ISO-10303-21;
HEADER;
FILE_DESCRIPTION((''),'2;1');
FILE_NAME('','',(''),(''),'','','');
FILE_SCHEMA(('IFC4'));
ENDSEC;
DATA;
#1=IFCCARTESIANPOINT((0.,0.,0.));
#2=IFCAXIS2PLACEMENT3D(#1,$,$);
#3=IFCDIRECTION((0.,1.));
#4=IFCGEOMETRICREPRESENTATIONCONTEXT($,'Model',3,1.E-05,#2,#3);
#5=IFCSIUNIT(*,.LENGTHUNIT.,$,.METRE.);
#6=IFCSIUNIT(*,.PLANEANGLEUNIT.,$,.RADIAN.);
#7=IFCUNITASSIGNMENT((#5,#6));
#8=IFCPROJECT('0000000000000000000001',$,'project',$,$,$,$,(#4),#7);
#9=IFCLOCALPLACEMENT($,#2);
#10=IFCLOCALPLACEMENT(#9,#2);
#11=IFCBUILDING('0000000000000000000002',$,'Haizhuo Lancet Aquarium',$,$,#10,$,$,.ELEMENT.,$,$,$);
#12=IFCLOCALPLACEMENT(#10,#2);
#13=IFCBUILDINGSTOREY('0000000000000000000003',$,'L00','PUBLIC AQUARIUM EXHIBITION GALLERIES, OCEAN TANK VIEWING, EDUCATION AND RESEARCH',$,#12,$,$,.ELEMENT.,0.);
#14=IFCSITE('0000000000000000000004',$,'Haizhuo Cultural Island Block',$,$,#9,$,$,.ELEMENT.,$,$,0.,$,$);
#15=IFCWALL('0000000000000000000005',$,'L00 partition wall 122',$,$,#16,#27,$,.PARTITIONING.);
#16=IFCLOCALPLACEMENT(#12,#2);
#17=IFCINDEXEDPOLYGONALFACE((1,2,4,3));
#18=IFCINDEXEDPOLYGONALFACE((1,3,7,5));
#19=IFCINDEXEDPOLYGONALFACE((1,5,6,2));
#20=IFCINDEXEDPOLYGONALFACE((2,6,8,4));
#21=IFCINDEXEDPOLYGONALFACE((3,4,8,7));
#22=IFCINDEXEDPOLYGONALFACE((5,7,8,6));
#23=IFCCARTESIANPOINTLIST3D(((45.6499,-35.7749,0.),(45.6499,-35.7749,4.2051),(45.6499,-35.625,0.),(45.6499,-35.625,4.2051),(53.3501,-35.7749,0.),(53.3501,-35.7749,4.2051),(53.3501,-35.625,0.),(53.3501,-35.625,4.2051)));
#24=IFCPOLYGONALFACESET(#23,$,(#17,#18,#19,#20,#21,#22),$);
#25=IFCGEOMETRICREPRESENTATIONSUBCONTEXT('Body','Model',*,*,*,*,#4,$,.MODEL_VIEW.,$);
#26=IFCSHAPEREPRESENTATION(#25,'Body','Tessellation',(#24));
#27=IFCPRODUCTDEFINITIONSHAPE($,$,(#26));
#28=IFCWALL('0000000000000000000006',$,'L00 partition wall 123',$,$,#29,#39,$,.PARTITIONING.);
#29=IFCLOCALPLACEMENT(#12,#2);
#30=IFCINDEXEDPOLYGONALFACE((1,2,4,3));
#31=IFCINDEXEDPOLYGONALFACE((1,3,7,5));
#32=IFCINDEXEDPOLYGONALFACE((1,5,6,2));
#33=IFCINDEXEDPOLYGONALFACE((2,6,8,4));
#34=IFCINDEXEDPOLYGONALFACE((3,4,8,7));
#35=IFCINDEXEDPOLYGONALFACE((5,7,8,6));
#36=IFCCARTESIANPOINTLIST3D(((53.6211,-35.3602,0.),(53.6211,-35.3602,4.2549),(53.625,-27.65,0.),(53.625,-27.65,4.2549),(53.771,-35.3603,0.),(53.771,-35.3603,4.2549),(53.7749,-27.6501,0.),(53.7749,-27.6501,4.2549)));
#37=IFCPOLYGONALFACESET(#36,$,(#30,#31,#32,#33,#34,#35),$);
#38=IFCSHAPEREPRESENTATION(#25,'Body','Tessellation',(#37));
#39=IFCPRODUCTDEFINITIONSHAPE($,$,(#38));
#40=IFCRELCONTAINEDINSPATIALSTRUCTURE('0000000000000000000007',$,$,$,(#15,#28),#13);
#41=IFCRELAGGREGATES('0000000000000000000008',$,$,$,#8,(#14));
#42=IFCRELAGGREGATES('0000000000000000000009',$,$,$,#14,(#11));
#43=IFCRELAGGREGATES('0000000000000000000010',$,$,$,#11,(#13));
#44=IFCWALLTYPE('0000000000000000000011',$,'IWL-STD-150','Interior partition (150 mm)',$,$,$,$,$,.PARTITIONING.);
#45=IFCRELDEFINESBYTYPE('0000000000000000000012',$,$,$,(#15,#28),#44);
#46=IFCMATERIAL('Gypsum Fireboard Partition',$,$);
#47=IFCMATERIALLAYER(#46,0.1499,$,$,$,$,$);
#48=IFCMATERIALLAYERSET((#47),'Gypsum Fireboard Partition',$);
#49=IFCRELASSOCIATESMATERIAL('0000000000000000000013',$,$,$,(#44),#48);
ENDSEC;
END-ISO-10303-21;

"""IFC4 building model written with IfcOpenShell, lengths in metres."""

from ifc_helpers import new_model, si_unit, direction, frame, frame_2d, origin, place, context, subcontext, project, spatial, rectangle, extrude, material, layer, layer_set, type_object, element, save


model = new_model("IFC4")

# Units and contexts
model_context = context("Model", 3, precision=1e-05, world=origin(), true_north=direction((0.0, 1.0)))
body_context = subcontext(model_context, "Body", "Model", "MODEL_VIEW")
ifc_project = project(units=[si_unit("LENGTHUNIT", "METRE"), si_unit("PLANEANGLEUNIT", "RADIAN")], contexts=[model_context])

# Site, building, storey
site_placement = place(None, origin())
site = spatial("IfcSite", under=ifc_project, at=site_placement, Name="Haizhuo Cultural Island Block", CompositionType="ELEMENT", RefElevation=0.0)
building_placement = place(site_placement, origin())
building = spatial("IfcBuilding", under=site, at=building_placement, Name="Haizhuo Lancet Aquarium", CompositionType="ELEMENT")
storey_placement = place(building_placement, origin())
storey = spatial("IfcBuildingStorey", under=building, at=storey_placement, Name="L00", Description="PUBLIC AQUARIUM EXHIBITION GALLERIES, OCEAN TANK VIEWING, EDUCATION AND RESEARCH", CompositionType="ELEMENT", Elevation=0.0)

# Walls
ifc_material_1 = material(Name="Gypsum Fireboard Partition")
ifc_layer_1 = layer(ifc_material_1, 0.1499)
ifc_layer_set_1 = layer_set([ifc_layer_1], Name="Gypsum Fireboard Partition")
wall_type = type_object("IfcWallType", Name="IWL-STD-150", Description="Interior partition (150 mm)", PredefinedType="PARTITIONING", material=ifc_layer_set_1)
wall_1_placement = place(storey_placement, frame((45.6499, -35.7, 0.0), z_axis=(0.0, 0.0, 1.0), x_axis=(1.0, 0.0, 0.0)))
element("IfcWall", 1, at=wall_1_placement, inside=storey, type_object=wall_type, Name="L00 partition wall 122", PredefinedType="PARTITIONING", context=body_context, shape_type="SweptSolid", body=[
    extrude(rectangle(XDim=7.7002, YDim=0.1499, at=frame_2d((3.8501, 0.0))), origin(), (0.0, 0.0, 1.0), 4.2051),
])
wall_2_placement = place(storey_placement, frame((53.696, -35.3601, 0.0), z_axis=(0.0, 0.0, 1.0), x_axis=(0.000507, 1.0, 0.0)))
element("IfcWall", 2, at=wall_2_placement, inside=storey, type_object=wall_type, Name="L00 partition wall 123", PredefinedType="PARTITIONING", context=body_context, shape_type="SweptSolid", body=[
    extrude(rectangle(XDim=7.7102, YDim=0.1499, at=frame_2d((3.855, 0.0))), origin(), (0.0, 0.0, 1.0), 4.2549),
])

save(model, "model.ifc")
